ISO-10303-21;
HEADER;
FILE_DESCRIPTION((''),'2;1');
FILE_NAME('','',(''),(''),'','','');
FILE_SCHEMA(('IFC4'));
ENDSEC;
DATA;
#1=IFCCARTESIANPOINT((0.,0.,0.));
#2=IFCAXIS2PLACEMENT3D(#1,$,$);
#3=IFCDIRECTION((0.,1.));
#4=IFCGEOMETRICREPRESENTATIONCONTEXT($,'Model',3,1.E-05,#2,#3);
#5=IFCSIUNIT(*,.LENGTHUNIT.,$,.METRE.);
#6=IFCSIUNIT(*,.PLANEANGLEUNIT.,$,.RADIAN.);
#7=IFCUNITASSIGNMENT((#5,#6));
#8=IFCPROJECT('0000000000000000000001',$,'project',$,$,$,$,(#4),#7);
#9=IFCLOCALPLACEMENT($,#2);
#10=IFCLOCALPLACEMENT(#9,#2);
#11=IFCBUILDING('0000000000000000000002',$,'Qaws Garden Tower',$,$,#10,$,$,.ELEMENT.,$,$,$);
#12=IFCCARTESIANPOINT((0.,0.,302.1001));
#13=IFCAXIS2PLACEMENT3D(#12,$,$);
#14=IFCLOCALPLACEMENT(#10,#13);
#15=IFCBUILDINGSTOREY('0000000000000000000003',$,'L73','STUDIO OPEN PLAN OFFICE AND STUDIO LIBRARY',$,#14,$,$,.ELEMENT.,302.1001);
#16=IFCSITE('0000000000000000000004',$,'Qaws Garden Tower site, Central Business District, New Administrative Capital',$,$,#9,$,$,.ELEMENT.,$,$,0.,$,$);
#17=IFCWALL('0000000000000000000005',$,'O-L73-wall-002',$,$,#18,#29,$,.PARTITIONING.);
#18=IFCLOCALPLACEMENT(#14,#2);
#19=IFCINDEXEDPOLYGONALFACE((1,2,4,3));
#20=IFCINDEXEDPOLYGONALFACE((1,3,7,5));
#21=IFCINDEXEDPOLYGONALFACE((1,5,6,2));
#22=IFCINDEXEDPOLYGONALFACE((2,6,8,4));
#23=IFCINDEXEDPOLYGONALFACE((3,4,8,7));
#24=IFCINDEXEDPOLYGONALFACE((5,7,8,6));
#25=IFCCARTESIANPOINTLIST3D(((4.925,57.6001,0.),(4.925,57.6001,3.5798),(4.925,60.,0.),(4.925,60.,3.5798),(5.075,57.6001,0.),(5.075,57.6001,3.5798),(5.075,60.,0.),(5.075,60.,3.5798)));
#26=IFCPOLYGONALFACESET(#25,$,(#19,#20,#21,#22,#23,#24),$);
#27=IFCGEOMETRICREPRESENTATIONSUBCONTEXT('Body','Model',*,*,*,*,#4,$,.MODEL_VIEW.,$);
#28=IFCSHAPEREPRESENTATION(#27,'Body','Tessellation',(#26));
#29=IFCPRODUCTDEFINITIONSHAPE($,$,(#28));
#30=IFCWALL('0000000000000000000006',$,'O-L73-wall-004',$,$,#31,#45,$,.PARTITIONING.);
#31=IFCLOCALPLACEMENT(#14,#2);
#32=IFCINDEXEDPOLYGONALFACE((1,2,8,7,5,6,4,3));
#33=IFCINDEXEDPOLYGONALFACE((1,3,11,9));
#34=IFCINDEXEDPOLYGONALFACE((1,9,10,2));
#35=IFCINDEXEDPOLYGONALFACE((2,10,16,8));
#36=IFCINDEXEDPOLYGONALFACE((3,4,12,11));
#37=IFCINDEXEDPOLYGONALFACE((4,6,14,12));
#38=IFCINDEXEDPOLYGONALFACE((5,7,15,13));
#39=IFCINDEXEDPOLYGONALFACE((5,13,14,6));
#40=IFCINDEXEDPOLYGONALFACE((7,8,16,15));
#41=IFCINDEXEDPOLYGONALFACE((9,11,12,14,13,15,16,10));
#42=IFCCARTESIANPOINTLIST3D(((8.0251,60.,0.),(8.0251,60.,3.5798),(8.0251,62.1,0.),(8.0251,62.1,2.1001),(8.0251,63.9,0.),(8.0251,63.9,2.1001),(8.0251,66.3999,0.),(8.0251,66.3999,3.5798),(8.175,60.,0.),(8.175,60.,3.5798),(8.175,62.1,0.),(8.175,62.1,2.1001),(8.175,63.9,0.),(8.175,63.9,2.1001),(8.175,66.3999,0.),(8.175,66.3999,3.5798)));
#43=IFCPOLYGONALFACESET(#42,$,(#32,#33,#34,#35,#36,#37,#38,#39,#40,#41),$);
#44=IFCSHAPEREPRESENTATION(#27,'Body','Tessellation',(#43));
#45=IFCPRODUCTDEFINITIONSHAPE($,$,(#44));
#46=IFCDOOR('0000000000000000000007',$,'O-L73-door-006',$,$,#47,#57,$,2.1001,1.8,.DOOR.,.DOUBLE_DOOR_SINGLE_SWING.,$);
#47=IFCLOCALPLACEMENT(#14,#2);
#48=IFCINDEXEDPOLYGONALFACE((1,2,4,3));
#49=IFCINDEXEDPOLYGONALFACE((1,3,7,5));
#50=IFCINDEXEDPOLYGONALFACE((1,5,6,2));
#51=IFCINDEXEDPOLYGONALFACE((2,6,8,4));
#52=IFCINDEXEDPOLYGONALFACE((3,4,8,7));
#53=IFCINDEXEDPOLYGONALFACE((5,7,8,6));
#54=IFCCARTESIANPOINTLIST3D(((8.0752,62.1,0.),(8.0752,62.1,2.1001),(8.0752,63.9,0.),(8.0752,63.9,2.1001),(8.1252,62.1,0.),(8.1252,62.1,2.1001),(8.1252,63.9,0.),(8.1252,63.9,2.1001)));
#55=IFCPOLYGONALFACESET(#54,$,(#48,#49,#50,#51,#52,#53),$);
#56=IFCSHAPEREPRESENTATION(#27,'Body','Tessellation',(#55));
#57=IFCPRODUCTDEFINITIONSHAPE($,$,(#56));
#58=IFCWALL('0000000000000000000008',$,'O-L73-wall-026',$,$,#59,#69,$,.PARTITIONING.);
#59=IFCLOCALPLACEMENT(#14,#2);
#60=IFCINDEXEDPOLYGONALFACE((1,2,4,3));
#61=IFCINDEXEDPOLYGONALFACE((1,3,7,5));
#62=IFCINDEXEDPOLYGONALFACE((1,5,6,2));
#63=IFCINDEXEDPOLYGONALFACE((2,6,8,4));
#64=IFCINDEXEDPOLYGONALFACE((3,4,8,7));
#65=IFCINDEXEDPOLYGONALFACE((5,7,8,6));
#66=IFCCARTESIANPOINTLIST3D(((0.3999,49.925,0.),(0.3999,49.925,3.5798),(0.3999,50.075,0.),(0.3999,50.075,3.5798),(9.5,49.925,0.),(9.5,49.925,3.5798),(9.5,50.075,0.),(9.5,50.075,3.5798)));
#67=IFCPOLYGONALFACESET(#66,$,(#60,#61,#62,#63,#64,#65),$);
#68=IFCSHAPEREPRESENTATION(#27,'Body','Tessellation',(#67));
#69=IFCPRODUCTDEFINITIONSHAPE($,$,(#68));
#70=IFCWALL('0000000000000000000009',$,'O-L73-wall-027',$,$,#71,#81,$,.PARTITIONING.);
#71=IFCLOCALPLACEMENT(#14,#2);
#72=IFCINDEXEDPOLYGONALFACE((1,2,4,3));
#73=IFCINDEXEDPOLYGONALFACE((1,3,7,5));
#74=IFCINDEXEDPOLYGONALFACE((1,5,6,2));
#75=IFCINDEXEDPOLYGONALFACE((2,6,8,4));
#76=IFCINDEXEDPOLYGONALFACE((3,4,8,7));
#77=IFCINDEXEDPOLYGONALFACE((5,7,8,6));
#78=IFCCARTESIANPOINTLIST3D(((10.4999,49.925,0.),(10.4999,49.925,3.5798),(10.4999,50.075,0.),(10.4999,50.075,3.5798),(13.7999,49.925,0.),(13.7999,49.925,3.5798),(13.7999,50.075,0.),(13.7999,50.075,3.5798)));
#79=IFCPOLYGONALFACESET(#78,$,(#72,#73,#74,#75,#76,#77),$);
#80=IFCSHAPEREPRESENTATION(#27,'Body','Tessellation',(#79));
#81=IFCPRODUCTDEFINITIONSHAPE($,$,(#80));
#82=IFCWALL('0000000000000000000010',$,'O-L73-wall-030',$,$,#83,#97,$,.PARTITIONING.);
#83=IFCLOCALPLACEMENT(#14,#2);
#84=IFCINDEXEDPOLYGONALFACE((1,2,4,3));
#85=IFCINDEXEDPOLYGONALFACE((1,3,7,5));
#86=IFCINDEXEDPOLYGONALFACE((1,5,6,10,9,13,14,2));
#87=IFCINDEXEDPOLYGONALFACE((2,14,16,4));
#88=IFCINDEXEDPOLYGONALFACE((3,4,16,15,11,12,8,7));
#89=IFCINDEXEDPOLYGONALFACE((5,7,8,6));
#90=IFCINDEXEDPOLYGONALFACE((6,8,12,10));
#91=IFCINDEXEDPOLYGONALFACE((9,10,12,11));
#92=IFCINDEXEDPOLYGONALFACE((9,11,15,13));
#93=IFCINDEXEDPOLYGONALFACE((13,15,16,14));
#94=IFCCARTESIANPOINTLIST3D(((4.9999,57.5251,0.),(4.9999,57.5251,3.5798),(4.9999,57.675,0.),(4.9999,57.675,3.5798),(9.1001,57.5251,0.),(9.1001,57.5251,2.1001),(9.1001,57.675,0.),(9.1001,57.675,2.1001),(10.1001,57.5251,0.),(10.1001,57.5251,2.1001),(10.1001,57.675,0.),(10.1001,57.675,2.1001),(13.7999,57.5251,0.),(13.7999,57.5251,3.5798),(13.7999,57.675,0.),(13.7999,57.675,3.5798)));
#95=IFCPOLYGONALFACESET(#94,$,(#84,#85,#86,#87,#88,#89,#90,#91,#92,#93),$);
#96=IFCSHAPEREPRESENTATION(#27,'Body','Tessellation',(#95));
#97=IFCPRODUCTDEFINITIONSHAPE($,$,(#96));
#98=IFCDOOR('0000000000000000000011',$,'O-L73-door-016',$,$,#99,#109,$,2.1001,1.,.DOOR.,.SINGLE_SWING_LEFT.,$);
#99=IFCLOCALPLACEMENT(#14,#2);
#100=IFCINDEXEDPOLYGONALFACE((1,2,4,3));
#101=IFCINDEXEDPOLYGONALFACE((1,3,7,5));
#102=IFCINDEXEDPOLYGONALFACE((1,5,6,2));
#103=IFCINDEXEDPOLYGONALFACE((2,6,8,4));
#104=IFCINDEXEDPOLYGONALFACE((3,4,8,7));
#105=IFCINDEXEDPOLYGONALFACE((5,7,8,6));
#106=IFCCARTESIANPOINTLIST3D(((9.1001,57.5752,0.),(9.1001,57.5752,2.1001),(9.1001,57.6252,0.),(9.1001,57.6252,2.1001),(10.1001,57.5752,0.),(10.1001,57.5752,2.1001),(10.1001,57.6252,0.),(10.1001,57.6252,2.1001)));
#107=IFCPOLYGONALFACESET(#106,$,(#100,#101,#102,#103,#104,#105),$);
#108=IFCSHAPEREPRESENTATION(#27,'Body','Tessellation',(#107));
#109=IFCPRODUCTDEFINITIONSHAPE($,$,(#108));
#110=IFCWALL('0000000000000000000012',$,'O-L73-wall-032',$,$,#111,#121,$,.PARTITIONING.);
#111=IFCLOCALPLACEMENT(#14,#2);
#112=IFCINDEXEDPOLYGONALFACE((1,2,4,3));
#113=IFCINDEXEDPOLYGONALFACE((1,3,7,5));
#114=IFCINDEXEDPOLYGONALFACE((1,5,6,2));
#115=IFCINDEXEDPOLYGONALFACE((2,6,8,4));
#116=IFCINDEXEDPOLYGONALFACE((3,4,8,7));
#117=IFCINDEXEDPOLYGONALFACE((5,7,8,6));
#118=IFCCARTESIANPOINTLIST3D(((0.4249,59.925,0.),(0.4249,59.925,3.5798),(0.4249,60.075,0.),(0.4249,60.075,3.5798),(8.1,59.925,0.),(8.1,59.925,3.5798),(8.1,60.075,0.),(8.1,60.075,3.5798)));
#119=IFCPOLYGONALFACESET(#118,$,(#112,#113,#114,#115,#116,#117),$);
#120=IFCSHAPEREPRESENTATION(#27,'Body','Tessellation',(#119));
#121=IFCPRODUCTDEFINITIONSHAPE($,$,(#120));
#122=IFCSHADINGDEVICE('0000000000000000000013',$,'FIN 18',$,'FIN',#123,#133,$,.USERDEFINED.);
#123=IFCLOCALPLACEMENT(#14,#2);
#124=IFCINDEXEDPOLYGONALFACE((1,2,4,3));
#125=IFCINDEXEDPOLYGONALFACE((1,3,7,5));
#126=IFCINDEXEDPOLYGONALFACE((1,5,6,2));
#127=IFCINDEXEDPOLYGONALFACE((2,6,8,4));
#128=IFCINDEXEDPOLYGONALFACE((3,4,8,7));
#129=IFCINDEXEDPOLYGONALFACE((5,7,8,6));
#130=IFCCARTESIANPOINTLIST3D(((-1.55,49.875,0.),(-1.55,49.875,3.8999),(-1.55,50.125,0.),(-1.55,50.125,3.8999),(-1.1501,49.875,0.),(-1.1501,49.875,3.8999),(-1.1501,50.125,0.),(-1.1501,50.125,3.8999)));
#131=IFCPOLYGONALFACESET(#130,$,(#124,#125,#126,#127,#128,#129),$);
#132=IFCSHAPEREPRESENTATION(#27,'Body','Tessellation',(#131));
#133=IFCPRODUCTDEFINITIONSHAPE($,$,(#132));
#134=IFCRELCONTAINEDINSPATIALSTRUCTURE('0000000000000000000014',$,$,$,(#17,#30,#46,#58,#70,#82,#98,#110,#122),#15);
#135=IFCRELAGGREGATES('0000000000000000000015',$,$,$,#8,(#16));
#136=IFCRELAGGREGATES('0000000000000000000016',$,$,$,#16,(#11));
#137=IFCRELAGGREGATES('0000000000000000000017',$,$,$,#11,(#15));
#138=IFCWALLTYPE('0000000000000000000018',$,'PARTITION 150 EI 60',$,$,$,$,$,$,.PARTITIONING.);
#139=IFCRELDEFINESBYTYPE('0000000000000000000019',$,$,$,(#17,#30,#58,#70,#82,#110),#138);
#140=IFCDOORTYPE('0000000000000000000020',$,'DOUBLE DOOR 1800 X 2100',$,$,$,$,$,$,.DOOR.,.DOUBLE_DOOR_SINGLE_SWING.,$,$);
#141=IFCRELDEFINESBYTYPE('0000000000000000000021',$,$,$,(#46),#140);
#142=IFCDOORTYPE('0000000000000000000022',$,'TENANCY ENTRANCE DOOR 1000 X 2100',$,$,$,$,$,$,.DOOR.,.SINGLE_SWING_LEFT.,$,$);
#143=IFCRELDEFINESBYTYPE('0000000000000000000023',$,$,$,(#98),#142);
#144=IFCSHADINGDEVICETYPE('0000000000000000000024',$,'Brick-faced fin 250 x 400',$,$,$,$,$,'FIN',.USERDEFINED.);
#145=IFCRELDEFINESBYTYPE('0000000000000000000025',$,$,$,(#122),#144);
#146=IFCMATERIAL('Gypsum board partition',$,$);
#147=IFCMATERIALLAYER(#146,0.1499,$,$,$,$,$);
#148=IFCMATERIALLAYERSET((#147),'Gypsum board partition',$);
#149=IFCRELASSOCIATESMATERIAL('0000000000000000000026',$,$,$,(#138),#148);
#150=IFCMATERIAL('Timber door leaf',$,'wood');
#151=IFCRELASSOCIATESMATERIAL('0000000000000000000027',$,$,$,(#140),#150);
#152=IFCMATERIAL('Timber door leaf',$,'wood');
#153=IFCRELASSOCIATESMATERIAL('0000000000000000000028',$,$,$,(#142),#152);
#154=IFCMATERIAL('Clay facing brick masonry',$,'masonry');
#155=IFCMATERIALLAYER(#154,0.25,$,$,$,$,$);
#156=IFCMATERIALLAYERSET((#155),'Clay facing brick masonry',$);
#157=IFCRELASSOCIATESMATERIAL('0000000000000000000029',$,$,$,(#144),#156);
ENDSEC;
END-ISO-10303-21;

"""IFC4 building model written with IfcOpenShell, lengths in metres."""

from ifc_helpers import new_model, si_unit, direction, frame, frame_2d, origin, origin_2d, place, context, subcontext, project, spatial, rectangle, extrude, material, layer, layer_set, type_object, element, fill, save


model = new_model("IFC4")

# Units and contexts
model_context = context("Model", 3, precision=1e-05, world=origin(), true_north=direction((0.0, 1.0)))
body_context = subcontext(model_context, "Body", "Model", "MODEL_VIEW")
ifc_project = project(units=[si_unit("LENGTHUNIT", "METRE"), si_unit("PLANEANGLEUNIT", "RADIAN")], contexts=[model_context])

# Site, building, storey
site_placement = place(None, origin())
site = spatial("IfcSite", under=ifc_project, at=site_placement, Name="Qaws Garden Tower site, Central Business District, New Administrative Capital", CompositionType="ELEMENT", RefElevation=0.0)
building_placement = place(site_placement, origin())
building = spatial("IfcBuilding", under=site, at=building_placement, Name="Qaws Garden Tower", CompositionType="ELEMENT")
storey_placement = place(building_placement, frame((0.0, 0.0, 302.1001)))
storey = spatial("IfcBuildingStorey", under=building, at=storey_placement, Name="L73", Description="STUDIO OPEN PLAN OFFICE AND STUDIO LIBRARY", CompositionType="ELEMENT", Elevation=302.1001)

# Wall
ifc_material_1 = material(Name="Gypsum board partition")
ifc_layer_1 = layer(ifc_material_1, 0.1499)
ifc_layer_set_1 = layer_set([ifc_layer_1], Name="Gypsum board partition")
wall_type_1 = type_object("IfcWallType", Name="PARTITION 150 EI 60", PredefinedType="PARTITIONING", material=ifc_layer_set_1)
wall_1_placement = place(storey_placement, frame((5.0, 57.6001, 0.0), z_axis=(0.0, 0.0, 1.0), x_axis=(0.0, 1.0, 0.0)))
element("IfcWall", 1, at=wall_1_placement, inside=storey, type_object=wall_type_1, Name="O-L73-wall-002", PredefinedType="PARTITIONING", context=body_context, shape_type="SweptSolid", body=[
    extrude(rectangle(XDim=2.3999, YDim=0.1499, at=frame_2d((1.2, 0.0))), origin(), (0.0, 0.0, 1.0), 3.5798),
])

# Wall, opening, door
wall_2_placement = place(storey_placement, frame((8.1001, 60.0, 0.0), z_axis=(0.0, 0.0, 1.0), x_axis=(0.0, 1.0, 0.0)))
wall_2 = element("IfcWall", 2, at=wall_2_placement, inside=storey, type_object=wall_type_1, Name="O-L73-wall-004", PredefinedType="PARTITIONING", context=body_context, shape_type="SweptSolid", body=[
    extrude(rectangle(XDim=6.3999, YDim=0.1499, at=frame_2d((3.2, 0.0))), origin(), (0.0, 0.0, 1.0), 3.5798),
])
opening_1_placement = place(wall_2_placement, frame((2.1001, 0.0, 0.0)))
opening_1 = element("IfcOpeningElement", 3, at=opening_1_placement, cuts=wall_2, PredefinedType="OPENING", context=body_context, shape_type="SweptSolid", body=[
    extrude(rectangle(XDim=1.8, YDim=2.1001, at=frame_2d((0.8999, 1.05))), frame((0.0, 0.085, 0.0), z_axis=(0.0, -1.0, 0.0), x_axis=(1.0, 0.0, 0.0)), (0.0, 0.0, 1.0), 0.1699),
])
ifc_material_2 = material(Name="Timber door leaf", Category="wood")
door_type_1 = type_object("IfcDoorType", Name="DOUBLE DOOR 1800 X 2100", OperationType="DOUBLE_DOOR_SINGLE_SWING", PredefinedType="DOOR", material=ifc_material_2)
door_1_placement = place(opening_1_placement, origin())
door_1 = element("IfcDoor", 4, at=door_1_placement, inside=storey, type_object=door_type_1, Name="O-L73-door-006", OperationType="DOUBLE_DOOR_SINGLE_SWING", OverallHeight=2.1001, OverallWidth=1.8, PredefinedType="DOOR", context=body_context, shape_type="SweptSolid", body=[
    extrude(rectangle(XDim=1.8, YDim=2.1001, at=frame_2d((0.8999, 1.05))), frame((0.0, 0.0249, 0.0), z_axis=(0.0, -1.0, 0.0), x_axis=(1.0, 0.0, 0.0)), (0.0, 0.0, 1.0), 0.05),
])
fill(opening_1, door_1)

# Walls
wall_3_placement = place(storey_placement, frame((0.3999, 50.0, 0.0), z_axis=(0.0, 0.0, 1.0), x_axis=(1.0, 0.0, 0.0)))
element("IfcWall", 5, at=wall_3_placement, inside=storey, type_object=wall_type_1, Name="O-L73-wall-026", PredefinedType="PARTITIONING", context=body_context, shape_type="SweptSolid", body=[
    extrude(rectangle(XDim=9.1001, YDim=0.1499, at=frame_2d((4.55, 0.0))), origin(), (0.0, 0.0, 1.0), 3.5798),
])
wall_4_placement = place(storey_placement, frame((10.5, 50.0, 0.0), z_axis=(0.0, 0.0, 1.0), x_axis=(1.0, 0.0, 0.0)))
element("IfcWall", 6, at=wall_4_placement, inside=storey, type_object=wall_type_1, Name="O-L73-wall-027", PredefinedType="PARTITIONING", context=body_context, shape_type="SweptSolid", body=[
    extrude(rectangle(XDim=3.3, YDim=0.1499, at=frame_2d((1.6499, 0.0))), origin(), (0.0, 0.0, 1.0), 3.5798),
])

# Wall, opening, door
wall_5_placement = place(storey_placement, frame((5.0, 57.6001, 0.0), z_axis=(0.0, 0.0, 1.0), x_axis=(1.0, 0.0, 0.0)))
wall_5 = element("IfcWall", 7, at=wall_5_placement, inside=storey, type_object=wall_type_1, Name="O-L73-wall-030", PredefinedType="PARTITIONING", context=body_context, shape_type="SweptSolid", body=[
    extrude(rectangle(XDim=8.8, YDim=0.1499, at=frame_2d((4.3999, 0.0))), origin(), (0.0, 0.0, 1.0), 3.5798),
])
opening_2_placement = place(wall_5_placement, frame((4.1001, 0.0, 0.0)))
opening_2 = element("IfcOpeningElement", 8, at=opening_2_placement, cuts=wall_5, PredefinedType="OPENING", context=body_context, shape_type="SweptSolid", body=[
    extrude(rectangle(XDim=1.0, YDim=2.1001, at=frame_2d((0.5, 1.05))), frame((0.0, 0.085, 0.0), z_axis=(0.0, -1.0, 0.0), x_axis=(1.0, 0.0, 0.0)), (0.0, 0.0, 1.0), 0.1699),
])
ifc_material_3 = material(Name="Timber door leaf", Category="wood")
door_type_2 = type_object("IfcDoorType", Name="TENANCY ENTRANCE DOOR 1000 X 2100", OperationType="SINGLE_SWING_LEFT", PredefinedType="DOOR", material=ifc_material_3)
door_2_placement = place(opening_2_placement, frame((1.0, 0.0, 0.0), z_axis=(0.0, 0.0, 1.0), x_axis=(-1.0, 0.0, 0.0)))
door_2 = element("IfcDoor", 9, at=door_2_placement, inside=storey, type_object=door_type_2, Name="O-L73-door-016", OperationType="SINGLE_SWING_LEFT", OverallHeight=2.1001, OverallWidth=1.0, PredefinedType="DOOR", context=body_context, shape_type="SweptSolid", body=[
    extrude(rectangle(XDim=1.0, YDim=2.1001, at=frame_2d((0.5, 1.05))), frame((0.0, 0.0249, 0.0), z_axis=(0.0, -1.0, 0.0), x_axis=(1.0, 0.0, 0.0)), (0.0, 0.0, 1.0), 0.05),
])
fill(opening_2, door_2)

# Wall
wall_6_placement = place(storey_placement, frame((0.425, 60.0, 0.0), z_axis=(0.0, 0.0, 1.0), x_axis=(1.0, 0.0, 0.0)))
element("IfcWall", 10, at=wall_6_placement, inside=storey, type_object=wall_type_1, Name="O-L73-wall-032", PredefinedType="PARTITIONING", context=body_context, shape_type="SweptSolid", body=[
    extrude(rectangle(XDim=7.675, YDim=0.1499, at=frame_2d((3.8374, 0.0))), origin(), (0.0, 0.0, 1.0), 3.5798),
])

# Shading device
ifc_material_4 = material(Name="Clay facing brick masonry", Category="masonry")
ifc_layer_2 = layer(ifc_material_4, 0.25)
ifc_layer_set_2 = layer_set([ifc_layer_2], Name="Clay facing brick masonry")
shading_device_type = type_object("IfcShadingDeviceType", Name="Brick-faced fin 250 x 400", ElementType="FIN", PredefinedType="USERDEFINED", material=ifc_layer_set_2)
shading_device_placement = place(storey_placement, frame((-1.3501, 50.0, 0.0), z_axis=(0.0, 0.0, 1.0), x_axis=(0.0, -1.0, 0.0)))
element("IfcShadingDevice", 11, at=shading_device_placement, inside=storey, type_object=shading_device_type, Name="FIN 18", ObjectType="FIN", PredefinedType="USERDEFINED", context=body_context, shape_type="SweptSolid", body=[
    extrude(rectangle(XDim=0.25, YDim=0.3999, at=origin_2d()), origin(), (0.0, 0.0, 1.0), 3.8999),
])

save(model, "model.ifc")
